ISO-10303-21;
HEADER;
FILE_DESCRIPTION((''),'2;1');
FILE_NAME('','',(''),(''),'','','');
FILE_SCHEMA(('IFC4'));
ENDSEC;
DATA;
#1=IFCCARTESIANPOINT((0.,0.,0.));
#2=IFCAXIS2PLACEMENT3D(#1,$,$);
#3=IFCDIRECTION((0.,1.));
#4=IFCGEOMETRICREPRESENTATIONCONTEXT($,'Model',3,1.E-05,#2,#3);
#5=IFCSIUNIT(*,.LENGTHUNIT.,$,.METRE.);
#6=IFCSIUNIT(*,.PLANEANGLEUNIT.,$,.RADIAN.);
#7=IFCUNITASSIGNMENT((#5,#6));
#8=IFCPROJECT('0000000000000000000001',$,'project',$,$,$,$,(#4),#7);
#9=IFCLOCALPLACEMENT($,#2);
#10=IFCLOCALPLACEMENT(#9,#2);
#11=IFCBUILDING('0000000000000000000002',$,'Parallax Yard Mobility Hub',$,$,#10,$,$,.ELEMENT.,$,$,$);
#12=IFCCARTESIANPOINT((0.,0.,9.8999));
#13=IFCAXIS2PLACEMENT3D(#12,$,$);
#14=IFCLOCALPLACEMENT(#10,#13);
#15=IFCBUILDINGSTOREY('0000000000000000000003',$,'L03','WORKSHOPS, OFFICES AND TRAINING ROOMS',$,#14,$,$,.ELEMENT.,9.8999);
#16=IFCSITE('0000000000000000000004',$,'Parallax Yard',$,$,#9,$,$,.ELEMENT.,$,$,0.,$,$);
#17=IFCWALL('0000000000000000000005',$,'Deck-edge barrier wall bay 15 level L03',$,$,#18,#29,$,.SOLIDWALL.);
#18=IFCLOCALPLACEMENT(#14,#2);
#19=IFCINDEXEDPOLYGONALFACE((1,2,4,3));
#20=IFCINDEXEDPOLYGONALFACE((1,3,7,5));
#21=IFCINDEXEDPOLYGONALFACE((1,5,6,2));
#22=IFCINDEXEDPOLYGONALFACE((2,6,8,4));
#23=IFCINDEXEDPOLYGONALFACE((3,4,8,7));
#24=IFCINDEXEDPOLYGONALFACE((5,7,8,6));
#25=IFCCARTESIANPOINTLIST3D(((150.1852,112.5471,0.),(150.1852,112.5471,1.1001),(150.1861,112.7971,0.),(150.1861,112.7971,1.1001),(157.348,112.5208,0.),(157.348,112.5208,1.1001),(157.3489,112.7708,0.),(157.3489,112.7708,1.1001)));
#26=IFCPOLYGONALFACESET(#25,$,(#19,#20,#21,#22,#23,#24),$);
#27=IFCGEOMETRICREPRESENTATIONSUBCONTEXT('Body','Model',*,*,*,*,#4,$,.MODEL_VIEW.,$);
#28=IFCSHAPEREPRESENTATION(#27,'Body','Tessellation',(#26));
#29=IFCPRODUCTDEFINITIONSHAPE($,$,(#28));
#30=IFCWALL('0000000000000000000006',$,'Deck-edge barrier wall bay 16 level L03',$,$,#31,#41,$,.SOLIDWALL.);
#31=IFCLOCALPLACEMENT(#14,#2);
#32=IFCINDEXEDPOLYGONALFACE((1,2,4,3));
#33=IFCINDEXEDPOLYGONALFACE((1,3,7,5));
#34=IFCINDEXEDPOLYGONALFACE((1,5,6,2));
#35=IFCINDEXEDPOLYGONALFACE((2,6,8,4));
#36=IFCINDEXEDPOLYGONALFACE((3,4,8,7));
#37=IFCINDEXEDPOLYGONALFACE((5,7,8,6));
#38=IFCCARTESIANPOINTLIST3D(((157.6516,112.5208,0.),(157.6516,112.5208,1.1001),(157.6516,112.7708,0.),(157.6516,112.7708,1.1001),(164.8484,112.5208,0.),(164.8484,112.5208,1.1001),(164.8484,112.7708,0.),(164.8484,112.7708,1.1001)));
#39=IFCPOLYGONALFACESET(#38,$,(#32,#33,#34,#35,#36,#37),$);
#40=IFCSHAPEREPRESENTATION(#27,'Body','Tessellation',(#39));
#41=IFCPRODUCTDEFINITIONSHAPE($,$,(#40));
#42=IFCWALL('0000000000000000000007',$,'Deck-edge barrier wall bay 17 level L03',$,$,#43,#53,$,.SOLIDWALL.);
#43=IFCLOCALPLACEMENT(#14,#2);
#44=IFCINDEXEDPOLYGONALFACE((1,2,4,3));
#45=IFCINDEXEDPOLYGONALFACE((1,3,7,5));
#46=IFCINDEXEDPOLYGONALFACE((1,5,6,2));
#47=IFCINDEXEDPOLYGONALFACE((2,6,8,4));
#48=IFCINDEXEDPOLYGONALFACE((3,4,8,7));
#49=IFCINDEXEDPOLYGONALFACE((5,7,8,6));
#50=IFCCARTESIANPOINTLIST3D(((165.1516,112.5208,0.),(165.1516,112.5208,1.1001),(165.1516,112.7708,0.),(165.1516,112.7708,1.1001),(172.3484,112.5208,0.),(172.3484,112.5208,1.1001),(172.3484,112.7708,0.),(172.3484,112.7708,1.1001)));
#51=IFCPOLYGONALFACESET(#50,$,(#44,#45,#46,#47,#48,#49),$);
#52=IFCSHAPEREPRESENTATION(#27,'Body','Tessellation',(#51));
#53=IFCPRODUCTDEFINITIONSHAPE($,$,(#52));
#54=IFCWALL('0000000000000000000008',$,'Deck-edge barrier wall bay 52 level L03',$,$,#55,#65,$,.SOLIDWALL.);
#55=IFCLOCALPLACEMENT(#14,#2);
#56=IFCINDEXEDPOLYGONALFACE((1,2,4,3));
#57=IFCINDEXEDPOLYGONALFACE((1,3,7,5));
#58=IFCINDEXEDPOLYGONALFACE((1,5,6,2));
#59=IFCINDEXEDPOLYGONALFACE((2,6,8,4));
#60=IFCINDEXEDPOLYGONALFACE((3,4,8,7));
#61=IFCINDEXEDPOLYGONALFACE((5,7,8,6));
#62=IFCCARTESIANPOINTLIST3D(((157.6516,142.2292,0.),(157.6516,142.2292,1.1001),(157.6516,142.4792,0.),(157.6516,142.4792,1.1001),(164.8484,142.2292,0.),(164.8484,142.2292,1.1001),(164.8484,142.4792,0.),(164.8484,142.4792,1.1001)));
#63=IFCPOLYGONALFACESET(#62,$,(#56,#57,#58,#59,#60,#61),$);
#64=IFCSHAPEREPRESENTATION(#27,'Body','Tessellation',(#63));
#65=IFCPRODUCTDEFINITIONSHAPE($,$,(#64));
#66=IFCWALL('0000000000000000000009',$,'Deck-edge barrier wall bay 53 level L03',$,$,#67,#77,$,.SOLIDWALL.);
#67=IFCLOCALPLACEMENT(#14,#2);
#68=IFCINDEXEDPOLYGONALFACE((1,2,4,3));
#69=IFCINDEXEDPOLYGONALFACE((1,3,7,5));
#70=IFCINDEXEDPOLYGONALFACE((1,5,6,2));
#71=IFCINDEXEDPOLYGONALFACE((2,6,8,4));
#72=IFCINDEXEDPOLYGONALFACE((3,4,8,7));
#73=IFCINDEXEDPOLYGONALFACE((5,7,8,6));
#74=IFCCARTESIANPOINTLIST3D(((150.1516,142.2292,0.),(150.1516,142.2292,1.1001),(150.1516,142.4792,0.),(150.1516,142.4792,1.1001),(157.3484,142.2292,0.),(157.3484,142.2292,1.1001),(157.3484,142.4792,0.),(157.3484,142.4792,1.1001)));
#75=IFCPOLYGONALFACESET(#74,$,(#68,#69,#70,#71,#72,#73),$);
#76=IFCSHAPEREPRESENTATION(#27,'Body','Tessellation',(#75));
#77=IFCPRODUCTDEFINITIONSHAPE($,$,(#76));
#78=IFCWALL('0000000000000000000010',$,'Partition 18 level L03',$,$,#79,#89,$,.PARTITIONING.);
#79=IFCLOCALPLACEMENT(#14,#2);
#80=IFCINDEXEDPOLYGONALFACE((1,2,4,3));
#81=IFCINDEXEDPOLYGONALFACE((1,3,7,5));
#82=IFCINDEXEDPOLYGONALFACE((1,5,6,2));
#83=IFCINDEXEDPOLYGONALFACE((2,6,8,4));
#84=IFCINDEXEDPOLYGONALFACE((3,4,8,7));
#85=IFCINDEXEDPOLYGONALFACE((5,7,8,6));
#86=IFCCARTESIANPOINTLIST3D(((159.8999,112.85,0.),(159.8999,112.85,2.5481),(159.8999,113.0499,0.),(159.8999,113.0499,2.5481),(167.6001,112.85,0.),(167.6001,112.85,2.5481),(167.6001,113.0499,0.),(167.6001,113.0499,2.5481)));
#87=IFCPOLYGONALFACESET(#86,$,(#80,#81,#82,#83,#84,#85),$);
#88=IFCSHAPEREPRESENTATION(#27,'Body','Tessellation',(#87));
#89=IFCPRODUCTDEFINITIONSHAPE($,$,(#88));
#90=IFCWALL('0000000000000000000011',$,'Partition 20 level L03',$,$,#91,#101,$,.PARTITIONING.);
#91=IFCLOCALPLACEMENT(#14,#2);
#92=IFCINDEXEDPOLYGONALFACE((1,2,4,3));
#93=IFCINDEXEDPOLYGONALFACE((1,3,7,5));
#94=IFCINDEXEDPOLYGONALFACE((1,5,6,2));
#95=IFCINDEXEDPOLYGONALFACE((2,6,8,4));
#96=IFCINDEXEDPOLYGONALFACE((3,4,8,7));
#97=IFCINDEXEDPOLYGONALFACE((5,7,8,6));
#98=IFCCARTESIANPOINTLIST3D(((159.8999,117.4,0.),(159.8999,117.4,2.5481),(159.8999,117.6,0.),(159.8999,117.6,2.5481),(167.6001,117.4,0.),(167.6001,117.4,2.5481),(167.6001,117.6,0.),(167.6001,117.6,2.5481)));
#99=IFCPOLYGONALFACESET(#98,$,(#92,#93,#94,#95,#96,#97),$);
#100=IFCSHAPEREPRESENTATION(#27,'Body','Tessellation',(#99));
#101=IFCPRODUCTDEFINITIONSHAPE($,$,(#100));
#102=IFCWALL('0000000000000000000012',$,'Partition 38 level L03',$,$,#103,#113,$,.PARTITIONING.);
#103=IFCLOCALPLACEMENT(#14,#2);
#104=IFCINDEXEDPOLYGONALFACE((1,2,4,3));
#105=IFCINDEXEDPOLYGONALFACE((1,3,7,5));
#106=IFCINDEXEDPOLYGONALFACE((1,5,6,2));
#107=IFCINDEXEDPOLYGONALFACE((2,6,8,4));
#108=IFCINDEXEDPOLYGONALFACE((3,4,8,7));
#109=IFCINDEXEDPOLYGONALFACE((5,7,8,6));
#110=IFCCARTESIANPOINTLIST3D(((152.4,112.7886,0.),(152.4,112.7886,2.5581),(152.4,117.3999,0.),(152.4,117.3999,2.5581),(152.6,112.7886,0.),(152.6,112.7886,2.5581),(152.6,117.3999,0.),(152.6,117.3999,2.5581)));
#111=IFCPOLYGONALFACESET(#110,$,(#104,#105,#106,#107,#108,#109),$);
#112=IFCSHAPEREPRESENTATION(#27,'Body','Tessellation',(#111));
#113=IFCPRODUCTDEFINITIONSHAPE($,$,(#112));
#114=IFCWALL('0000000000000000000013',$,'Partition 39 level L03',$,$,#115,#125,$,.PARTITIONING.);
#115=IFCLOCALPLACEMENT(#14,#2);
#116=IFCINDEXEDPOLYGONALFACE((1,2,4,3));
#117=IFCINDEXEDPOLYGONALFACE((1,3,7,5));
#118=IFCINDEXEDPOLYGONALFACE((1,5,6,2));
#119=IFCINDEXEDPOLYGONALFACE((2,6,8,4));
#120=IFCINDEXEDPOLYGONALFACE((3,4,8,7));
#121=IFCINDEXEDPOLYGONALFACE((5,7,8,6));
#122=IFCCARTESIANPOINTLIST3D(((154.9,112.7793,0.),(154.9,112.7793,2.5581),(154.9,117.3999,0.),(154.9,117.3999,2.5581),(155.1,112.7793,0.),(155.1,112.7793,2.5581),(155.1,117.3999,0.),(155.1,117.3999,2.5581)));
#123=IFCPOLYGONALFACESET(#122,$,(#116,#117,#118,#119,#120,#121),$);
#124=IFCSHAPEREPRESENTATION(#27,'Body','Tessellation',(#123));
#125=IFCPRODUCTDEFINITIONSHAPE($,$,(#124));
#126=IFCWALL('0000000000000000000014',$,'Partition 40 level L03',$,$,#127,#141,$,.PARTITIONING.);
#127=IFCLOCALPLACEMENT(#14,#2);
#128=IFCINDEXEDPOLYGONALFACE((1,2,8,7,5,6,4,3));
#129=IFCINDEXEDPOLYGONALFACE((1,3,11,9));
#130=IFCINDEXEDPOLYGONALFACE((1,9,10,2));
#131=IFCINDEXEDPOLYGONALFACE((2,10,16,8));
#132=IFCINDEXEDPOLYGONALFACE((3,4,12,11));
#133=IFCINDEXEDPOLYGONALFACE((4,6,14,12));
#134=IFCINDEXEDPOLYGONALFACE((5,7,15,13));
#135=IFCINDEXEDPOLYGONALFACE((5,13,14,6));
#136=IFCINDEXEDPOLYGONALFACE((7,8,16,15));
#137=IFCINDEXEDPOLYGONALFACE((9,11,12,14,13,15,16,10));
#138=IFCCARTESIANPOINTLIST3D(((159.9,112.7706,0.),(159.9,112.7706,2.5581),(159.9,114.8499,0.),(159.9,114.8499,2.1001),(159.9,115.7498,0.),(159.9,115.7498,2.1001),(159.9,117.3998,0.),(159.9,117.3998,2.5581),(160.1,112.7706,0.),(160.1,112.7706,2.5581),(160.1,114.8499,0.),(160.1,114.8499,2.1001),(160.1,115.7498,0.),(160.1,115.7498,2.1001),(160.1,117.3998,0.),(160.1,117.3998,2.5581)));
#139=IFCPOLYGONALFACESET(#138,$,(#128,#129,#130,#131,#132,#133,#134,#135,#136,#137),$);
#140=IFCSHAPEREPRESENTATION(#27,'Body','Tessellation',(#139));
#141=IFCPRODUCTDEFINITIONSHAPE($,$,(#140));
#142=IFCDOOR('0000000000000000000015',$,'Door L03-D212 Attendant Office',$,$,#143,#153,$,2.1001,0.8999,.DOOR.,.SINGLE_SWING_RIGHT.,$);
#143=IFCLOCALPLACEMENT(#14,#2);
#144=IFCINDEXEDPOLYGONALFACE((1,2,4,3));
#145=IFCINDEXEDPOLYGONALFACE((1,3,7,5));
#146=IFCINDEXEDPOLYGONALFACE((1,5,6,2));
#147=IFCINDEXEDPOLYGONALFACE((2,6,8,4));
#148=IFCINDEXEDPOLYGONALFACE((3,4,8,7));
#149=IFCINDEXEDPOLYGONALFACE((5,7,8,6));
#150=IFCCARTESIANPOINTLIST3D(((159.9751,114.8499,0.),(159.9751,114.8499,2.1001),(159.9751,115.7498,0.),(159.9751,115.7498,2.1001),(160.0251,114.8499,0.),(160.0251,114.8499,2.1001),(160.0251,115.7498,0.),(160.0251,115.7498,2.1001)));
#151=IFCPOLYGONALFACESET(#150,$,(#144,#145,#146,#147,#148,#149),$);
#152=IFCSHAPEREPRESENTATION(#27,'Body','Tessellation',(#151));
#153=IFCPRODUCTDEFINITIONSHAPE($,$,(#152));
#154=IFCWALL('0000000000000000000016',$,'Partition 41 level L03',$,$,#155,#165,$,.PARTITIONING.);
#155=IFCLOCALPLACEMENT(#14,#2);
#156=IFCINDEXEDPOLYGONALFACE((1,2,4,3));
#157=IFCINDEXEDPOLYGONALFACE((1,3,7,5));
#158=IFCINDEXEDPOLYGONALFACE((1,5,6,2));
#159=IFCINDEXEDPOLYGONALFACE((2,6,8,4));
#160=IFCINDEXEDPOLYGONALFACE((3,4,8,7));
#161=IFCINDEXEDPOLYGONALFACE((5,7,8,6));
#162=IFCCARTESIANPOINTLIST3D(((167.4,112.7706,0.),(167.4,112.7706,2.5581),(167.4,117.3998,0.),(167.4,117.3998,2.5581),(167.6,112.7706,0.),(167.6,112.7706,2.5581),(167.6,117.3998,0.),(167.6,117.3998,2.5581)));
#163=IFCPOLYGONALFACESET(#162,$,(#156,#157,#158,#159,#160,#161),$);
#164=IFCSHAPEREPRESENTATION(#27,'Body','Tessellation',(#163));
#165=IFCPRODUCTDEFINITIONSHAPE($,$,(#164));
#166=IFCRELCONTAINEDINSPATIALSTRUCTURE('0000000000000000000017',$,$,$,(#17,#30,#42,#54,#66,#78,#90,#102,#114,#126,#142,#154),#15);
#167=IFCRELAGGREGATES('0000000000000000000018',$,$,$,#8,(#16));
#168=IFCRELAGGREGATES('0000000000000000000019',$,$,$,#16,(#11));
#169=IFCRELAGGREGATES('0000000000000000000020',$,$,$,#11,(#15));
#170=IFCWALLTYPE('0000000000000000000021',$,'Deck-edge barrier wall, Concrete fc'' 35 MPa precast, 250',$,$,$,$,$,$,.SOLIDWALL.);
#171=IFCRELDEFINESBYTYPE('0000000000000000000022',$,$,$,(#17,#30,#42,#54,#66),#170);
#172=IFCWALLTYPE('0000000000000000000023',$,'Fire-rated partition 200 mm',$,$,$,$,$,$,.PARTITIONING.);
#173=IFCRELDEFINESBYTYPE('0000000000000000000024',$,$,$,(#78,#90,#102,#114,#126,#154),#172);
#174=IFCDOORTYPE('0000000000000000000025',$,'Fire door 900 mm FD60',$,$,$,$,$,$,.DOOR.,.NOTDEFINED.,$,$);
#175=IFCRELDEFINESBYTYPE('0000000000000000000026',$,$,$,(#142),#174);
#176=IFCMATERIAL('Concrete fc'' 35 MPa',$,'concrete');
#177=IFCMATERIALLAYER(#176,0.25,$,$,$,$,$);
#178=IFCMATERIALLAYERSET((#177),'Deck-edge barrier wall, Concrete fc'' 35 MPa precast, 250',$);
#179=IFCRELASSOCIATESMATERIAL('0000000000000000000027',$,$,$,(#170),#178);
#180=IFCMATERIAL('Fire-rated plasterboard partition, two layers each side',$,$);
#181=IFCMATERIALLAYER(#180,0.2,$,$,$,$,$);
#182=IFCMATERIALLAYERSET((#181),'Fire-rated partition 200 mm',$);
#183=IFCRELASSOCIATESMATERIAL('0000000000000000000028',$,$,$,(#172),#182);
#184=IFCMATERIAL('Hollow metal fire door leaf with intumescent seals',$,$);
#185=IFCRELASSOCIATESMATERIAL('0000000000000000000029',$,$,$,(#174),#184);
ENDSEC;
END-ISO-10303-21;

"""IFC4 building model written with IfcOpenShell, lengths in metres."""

from ifc_helpers import new_model, si_unit, direction, frame, frame_2d, origin, place, context, subcontext, project, spatial, rectangle, extrude, material, layer, layer_set, type_object, element, fill, save


model = new_model("IFC4")

# Units and contexts
model_context = context("Model", 3, precision=1e-05, world=origin(), true_north=direction((0.0, 1.0)))
body_context = subcontext(model_context, "Body", "Model", "MODEL_VIEW")
ifc_project = project(units=[si_unit("LENGTHUNIT", "METRE"), si_unit("PLANEANGLEUNIT", "RADIAN")], contexts=[model_context])

# Site, building, storey
site_placement = place(None, origin())
site = spatial("IfcSite", under=ifc_project, at=site_placement, Name="Parallax Yard", CompositionType="ELEMENT", RefElevation=0.0)
building_placement = place(site_placement, origin())
building = spatial("IfcBuilding", under=site, at=building_placement, Name="Parallax Yard Mobility Hub", CompositionType="ELEMENT")
storey_placement = place(building_placement, frame((0.0, 0.0, 9.8999)))
storey = spatial("IfcBuildingStorey", under=building, at=storey_placement, Name="L03", Description="WORKSHOPS, OFFICES AND TRAINING ROOMS", CompositionType="ELEMENT", Elevation=9.8999)

# Walls
ifc_material_1 = material(Name="Concrete fc' 35 MPa", Category="concrete")
ifc_layer_1 = layer(ifc_material_1, 0.25)
ifc_layer_set_1 = layer_set([ifc_layer_1], Name="Deck-edge barrier wall, Concrete fc' 35 MPa precast, 250")
wall_type_1 = type_object("IfcWallType", Name="Deck-edge barrier wall, Concrete fc' 35 MPa precast, 250", PredefinedType="SOLIDWALL", material=ifc_layer_set_1)
wall_1_placement = place(storey_placement, frame((150.1855, 112.6721, 0.0), z_axis=(0.0, 0.0, 1.0), x_axis=(0.999993, -0.003681, 0.0)))
element("IfcWall", 1, at=wall_1_placement, inside=storey, type_object=wall_type_1, Name="Deck-edge barrier wall bay 15 level L03", PredefinedType="SOLIDWALL", context=body_context, shape_type="SweptSolid", body=[
    extrude(rectangle(XDim=7.1628, YDim=0.25, at=frame_2d((3.5815, 0.0))), origin(), (0.0, 0.0, 1.0), 1.1001),
])
for number, where, z_axis, x_axis, name in (
    (2, (157.6516, 112.6458, 0.0), (0.0, 0.0, 1.0), (1.0, 0.0, 0.0), "Deck-edge barrier wall bay 16 level L03"),
    (3, (165.1516, 112.6458, 0.0), (0.0, 0.0, 1.0), (1.0, 0.0, 0.0), "Deck-edge barrier wall bay 17 level L03"),
    (4, (164.8484, 142.3542, 0.0), (0.0, 0.0, 1.0), (-1.0, 0.0, 0.0), "Deck-edge barrier wall bay 52 level L03"),
    (5, (157.3484, 142.3542, 0.0), (0.0, 0.0, 1.0), (-1.0, 0.0, 0.0), "Deck-edge barrier wall bay 53 level L03"),
):
    element("IfcWall", number, at=place(storey_placement, frame(where, z_axis=z_axis, x_axis=x_axis)), inside=storey, type_object=wall_type_1, Name=name, PredefinedType="SOLIDWALL", context=body_context, shape_type="SweptSolid", body=[
        extrude(rectangle(XDim=7.1968, YDim=0.25, at=frame_2d((3.5984, 0.0))), origin(), (0.0, 0.0, 1.0), 1.1001),
    ])
ifc_material_2 = material(Name="Fire-rated plasterboard partition, two layers each side")
ifc_layer_2 = layer(ifc_material_2, 0.2)
ifc_layer_set_2 = layer_set([ifc_layer_2], Name="Fire-rated partition 200 mm")
wall_type_2 = type_object("IfcWallType", Name="Fire-rated partition 200 mm", PredefinedType="PARTITIONING", material=ifc_layer_set_2)
for number, where, z_axis, x_axis, name in (
    (6, (159.8999, 112.95, 0.0), (0.0, 0.0, 1.0), (1.0, 0.0, 0.0), "Partition 18 level L03"),
    (7, (159.8999, 117.5, 0.0), (0.0, 0.0, 1.0), (1.0, 0.0, 0.0), "Partition 20 level L03"),
):
    element("IfcWall", number, at=place(storey_placement, frame(where, z_axis=z_axis, x_axis=x_axis)), inside=storey, type_object=wall_type_2, Name=name, PredefinedType="PARTITIONING", context=body_context, shape_type="SweptSolid", body=[
        extrude(rectangle(XDim=7.7002, YDim=0.2, at=frame_2d((3.8501, 0.0))), origin(), (0.0, 0.0, 1.0), 2.5481),
    ])
wall_2_placement = place(storey_placement, frame((152.5, 112.7886, 0.0), z_axis=(0.0, 0.0, 1.0), x_axis=(0.0, 1.0, 0.0)))
element("IfcWall", 8, at=wall_2_placement, inside=storey, type_object=wall_type_2, Name="Partition 38 level L03", PredefinedType="PARTITIONING", context=body_context, shape_type="SweptSolid", body=[
    extrude(rectangle(XDim=4.6113, YDim=0.2, at=frame_2d((2.3057, 0.0))), origin(), (0.0, 0.0, 1.0), 2.5581),
])
wall_3_placement = place(storey_placement, frame((155.0, 112.7793, 0.0), z_axis=(0.0, 0.0, 1.0), x_axis=(0.0, 1.0, 0.0)))
element("IfcWall", 9, at=wall_3_placement, inside=storey, type_object=wall_type_2, Name="Partition 39 level L03", PredefinedType="PARTITIONING", context=body_context, shape_type="SweptSolid", body=[
    extrude(rectangle(XDim=4.6206, YDim=0.2, at=frame_2d((2.3103, 0.0))), origin(), (0.0, 0.0, 1.0), 2.5581),
])

# Wall, opening, door
wall_4_placement = place(storey_placement, frame((160.0, 112.7708, 0.0), z_axis=(0.0, 0.0, 1.0), x_axis=(0.0, 1.0, 0.0)))
wall_4 = element("IfcWall", 10, at=wall_4_placement, inside=storey, type_object=wall_type_2, Name="Partition 40 level L03", PredefinedType="PARTITIONING", context=body_context, shape_type="SweptSolid", body=[
    extrude(rectangle(XDim=4.6292, YDim=0.2, at=frame_2d((2.3145, 0.0))), origin(), (0.0, 0.0, 1.0), 2.5581),
])
opening_placement = place(wall_4_placement, frame((2.0791, 0.0, 0.0)))
opening = element("IfcOpeningElement", 11, at=opening_placement, cuts=wall_4, PredefinedType="OPENING", context=body_context, shape_type="SweptSolid", body=[
    extrude(rectangle(XDim=0.8999, YDim=2.1001, at=frame_2d((0.45, 1.05))), frame((0.0, 0.1099, 0.0), z_axis=(0.0, -1.0, 0.0), x_axis=(1.0, 0.0, 0.0)), (0.0, 0.0, 1.0), 0.22),
])
ifc_material_3 = material(Name="Hollow metal fire door leaf with intumescent seals")
door_type = type_object("IfcDoorType", Name="Fire door 900 mm FD60", OperationType="NOTDEFINED", PredefinedType="DOOR", material=ifc_material_3)
door_placement = place(opening_placement, origin())
door = element("IfcDoor", 12, at=door_placement, inside=storey, type_object=door_type, Name="Door L03-D212 Attendant Office", OperationType="SINGLE_SWING_RIGHT", OverallHeight=2.1001, OverallWidth=0.8999, PredefinedType="DOOR", context=body_context, shape_type="SweptSolid", body=[
    extrude(rectangle(XDim=0.8999, YDim=2.1001, at=frame_2d((0.45, 1.05))), frame((0.0, 0.0249, 0.0), z_axis=(0.0, -1.0, 0.0), x_axis=(1.0, 0.0, 0.0)), (0.0, 0.0, 1.0), 0.05),
])
fill(opening, door)

# Wall
wall_5_placement = place(storey_placement, frame((167.5, 112.7708, 0.0), z_axis=(0.0, 0.0, 1.0), x_axis=(0.0, 1.0, 0.0)))
element("IfcWall", 13, at=wall_5_placement, inside=storey, type_object=wall_type_2, Name="Partition 41 level L03", PredefinedType="PARTITIONING", context=body_context, shape_type="SweptSolid", body=[
    extrude(rectangle(XDim=4.6292, YDim=0.2, at=frame_2d((2.3145, 0.0))), origin(), (0.0, 0.0, 1.0), 2.5581),
])

save(model, "model.ifc")
